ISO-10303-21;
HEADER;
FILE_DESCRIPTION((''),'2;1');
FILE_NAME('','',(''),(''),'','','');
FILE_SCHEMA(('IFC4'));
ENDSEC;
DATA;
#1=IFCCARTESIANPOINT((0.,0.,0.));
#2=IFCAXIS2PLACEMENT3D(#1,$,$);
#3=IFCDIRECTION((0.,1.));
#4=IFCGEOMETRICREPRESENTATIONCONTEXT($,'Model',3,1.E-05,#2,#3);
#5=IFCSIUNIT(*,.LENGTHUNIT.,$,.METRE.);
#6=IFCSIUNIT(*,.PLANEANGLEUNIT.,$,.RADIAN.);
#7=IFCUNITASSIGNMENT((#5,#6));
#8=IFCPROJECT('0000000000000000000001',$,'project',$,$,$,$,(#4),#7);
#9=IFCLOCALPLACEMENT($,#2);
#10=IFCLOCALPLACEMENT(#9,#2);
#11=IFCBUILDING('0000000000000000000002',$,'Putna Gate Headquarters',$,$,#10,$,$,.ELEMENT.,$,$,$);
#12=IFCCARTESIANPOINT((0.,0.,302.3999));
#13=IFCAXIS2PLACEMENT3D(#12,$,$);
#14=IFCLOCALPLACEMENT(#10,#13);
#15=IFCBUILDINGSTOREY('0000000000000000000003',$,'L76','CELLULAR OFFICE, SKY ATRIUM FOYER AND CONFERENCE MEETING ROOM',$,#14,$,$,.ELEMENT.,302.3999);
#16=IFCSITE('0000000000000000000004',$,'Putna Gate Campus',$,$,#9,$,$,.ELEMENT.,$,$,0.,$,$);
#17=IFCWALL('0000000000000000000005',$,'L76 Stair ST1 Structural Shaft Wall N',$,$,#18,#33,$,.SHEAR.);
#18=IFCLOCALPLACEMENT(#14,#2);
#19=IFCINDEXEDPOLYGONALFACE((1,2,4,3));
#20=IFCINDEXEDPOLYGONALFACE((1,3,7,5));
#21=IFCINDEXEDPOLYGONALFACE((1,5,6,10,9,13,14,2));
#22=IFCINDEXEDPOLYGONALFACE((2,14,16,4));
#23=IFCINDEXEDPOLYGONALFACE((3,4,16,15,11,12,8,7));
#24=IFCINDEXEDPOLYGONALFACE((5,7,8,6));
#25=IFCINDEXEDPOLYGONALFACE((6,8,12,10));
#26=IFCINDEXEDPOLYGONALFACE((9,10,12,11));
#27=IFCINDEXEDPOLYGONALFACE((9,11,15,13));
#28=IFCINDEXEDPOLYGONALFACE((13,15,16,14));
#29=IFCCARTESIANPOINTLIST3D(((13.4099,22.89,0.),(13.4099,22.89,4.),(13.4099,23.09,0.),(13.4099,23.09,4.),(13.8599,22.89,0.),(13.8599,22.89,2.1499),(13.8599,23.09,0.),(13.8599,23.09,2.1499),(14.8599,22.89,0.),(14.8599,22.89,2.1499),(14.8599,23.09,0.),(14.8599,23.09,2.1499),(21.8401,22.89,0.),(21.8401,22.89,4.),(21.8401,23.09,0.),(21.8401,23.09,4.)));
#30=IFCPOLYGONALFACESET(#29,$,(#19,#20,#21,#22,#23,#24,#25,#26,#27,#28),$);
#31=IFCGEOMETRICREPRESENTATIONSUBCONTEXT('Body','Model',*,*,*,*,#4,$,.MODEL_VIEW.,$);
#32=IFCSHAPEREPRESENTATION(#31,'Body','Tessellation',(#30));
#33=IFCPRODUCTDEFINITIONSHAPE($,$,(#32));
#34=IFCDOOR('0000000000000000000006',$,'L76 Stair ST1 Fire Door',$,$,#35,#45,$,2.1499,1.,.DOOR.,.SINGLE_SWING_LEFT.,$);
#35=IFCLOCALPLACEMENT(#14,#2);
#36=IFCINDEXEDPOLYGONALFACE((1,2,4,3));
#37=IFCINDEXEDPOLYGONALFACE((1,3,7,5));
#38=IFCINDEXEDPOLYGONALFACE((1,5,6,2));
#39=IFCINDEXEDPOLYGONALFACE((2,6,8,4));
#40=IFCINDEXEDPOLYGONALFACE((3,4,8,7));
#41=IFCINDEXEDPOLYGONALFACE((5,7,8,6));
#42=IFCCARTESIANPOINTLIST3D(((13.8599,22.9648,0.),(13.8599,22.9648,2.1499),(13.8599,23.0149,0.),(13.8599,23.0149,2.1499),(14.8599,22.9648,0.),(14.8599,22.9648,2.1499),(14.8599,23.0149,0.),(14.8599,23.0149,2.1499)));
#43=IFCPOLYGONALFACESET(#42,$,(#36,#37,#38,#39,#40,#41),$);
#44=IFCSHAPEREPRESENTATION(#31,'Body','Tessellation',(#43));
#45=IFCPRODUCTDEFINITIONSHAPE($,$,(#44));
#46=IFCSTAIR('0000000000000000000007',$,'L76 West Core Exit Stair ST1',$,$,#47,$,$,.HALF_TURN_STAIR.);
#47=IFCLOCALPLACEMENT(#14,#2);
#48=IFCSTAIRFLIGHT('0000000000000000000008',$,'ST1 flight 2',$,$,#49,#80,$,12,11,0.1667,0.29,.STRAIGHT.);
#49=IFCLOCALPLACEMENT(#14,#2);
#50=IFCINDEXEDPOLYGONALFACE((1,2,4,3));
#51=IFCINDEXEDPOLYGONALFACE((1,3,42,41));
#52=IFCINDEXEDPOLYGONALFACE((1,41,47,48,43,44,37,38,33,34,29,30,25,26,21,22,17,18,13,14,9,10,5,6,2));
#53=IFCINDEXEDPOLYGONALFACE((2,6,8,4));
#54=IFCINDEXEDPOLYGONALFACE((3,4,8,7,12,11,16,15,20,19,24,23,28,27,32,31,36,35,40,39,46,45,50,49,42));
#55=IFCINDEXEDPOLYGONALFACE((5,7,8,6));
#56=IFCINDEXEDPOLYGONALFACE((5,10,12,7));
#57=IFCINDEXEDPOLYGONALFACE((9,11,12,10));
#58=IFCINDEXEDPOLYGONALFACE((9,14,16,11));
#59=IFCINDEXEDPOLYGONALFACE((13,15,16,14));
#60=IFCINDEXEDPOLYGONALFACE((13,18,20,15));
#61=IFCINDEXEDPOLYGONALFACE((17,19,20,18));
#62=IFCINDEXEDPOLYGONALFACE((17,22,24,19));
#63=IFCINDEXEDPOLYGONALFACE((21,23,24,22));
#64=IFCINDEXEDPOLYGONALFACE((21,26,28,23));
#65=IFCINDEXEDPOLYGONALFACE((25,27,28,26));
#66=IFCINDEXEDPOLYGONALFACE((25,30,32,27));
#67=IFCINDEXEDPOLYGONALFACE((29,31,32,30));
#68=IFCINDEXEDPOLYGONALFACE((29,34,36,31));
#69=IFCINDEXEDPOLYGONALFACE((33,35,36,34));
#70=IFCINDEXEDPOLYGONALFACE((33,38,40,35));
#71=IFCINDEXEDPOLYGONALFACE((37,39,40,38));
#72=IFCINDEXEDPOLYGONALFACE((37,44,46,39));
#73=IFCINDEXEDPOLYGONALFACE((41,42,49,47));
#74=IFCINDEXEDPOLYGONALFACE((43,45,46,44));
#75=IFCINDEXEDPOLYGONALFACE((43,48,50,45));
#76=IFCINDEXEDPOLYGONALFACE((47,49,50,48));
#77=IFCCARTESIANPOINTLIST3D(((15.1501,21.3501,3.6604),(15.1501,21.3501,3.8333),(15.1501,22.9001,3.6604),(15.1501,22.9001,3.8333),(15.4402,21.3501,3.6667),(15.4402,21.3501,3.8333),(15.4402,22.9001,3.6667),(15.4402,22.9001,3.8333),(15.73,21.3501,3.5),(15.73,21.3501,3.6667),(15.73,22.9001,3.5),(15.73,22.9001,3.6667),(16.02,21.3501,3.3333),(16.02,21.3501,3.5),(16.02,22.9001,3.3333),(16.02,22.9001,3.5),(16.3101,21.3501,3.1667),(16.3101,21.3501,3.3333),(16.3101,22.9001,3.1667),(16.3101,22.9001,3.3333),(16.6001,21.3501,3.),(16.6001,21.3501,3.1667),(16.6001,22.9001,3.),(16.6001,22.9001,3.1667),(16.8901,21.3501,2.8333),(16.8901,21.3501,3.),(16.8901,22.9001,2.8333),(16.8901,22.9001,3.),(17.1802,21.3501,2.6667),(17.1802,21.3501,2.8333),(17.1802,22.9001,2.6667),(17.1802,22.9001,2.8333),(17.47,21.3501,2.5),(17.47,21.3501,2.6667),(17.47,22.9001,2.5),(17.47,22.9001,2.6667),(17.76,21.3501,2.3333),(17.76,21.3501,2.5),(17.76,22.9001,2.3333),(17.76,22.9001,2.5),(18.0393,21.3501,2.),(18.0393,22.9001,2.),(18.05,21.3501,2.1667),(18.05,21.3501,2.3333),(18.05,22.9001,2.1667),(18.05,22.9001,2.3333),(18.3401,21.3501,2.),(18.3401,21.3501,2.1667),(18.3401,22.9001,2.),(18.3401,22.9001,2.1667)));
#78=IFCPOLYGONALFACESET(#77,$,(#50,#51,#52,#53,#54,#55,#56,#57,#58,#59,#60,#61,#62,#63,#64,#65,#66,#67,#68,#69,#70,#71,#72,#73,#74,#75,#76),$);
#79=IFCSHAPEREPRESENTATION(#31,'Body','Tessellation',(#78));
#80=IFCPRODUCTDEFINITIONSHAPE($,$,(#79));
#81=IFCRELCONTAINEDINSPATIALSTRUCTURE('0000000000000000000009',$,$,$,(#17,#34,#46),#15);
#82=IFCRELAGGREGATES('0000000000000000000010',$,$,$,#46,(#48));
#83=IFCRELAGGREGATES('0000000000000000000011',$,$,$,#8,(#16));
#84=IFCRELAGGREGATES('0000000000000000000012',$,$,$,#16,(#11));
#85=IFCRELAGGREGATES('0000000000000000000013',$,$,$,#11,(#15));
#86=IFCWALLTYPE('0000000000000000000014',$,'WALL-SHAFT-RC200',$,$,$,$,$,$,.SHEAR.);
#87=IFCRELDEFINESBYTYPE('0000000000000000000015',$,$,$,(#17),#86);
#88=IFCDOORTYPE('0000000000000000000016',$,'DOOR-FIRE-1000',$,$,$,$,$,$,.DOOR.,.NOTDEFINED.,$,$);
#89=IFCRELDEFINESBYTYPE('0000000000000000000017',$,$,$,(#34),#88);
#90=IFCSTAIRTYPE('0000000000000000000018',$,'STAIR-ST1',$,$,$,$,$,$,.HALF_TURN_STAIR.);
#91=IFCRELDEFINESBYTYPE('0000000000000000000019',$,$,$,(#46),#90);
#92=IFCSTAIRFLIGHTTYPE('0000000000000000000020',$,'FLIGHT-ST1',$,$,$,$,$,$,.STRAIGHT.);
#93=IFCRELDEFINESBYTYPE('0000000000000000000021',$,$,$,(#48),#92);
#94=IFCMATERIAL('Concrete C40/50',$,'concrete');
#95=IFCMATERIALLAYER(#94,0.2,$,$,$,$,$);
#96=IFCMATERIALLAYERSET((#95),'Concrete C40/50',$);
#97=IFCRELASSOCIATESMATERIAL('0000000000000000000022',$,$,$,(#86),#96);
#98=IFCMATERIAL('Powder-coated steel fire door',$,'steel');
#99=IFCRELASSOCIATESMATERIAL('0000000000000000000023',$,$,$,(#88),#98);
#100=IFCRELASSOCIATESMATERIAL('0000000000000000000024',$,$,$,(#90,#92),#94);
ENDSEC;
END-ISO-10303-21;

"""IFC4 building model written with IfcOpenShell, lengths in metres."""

from ifc_helpers import new_model, si_unit, direction, frame, frame_2d, origin, place, context, subcontext, project, spatial, polyline, rectangle, outline, extrude, material, layer, layer_set, type_object, element, fill, aggregate, save


model = new_model("IFC4")

# Units and contexts
model_context = context("Model", 3, precision=1e-05, world=origin(), true_north=direction((0.0, 1.0)))
body_context = subcontext(model_context, "Body", "Model", "MODEL_VIEW")
ifc_project = project(units=[si_unit("LENGTHUNIT", "METRE"), si_unit("PLANEANGLEUNIT", "RADIAN")], contexts=[model_context])

# Site, building, storey
site_placement = place(None, origin())
site = spatial("IfcSite", under=ifc_project, at=site_placement, Name="Putna Gate Campus", CompositionType="ELEMENT", RefElevation=0.0)
building_placement = place(site_placement, origin())
building = spatial("IfcBuilding", under=site, at=building_placement, Name="Putna Gate Headquarters", CompositionType="ELEMENT")
storey_placement = place(building_placement, frame((0.0, 0.0, 302.3999)))
storey = spatial("IfcBuildingStorey", under=building, at=storey_placement, Name="L76", Description="CELLULAR OFFICE, SKY ATRIUM FOYER AND CONFERENCE MEETING ROOM", CompositionType="ELEMENT", Elevation=302.3999)

# Shared definitions
ifc_material_1 = material(Name="Concrete C40/50", Category="concrete")

# Wall, opening, door
ifc_layer_1 = layer(ifc_material_1, 0.2)
ifc_layer_set_1 = layer_set([ifc_layer_1], Name="Concrete C40/50")
wall_type_1 = type_object("IfcWallType", Name="WALL-SHAFT-RC200", PredefinedType="SHEAR", material=ifc_layer_set_1)
wall_1_placement = place(storey_placement, frame((13.4099, 22.99, 0.0), z_axis=(0.0, 0.0, 1.0), x_axis=(1.0, 0.0, 0.0)))
wall_1 = element("IfcWall", 1, at=wall_1_placement, inside=storey, type_object=wall_type_1, Name="L76 Stair ST1 Structural Shaft Wall N", PredefinedType="SHEAR", context=body_context, shape_type="SweptSolid", body=[
    extrude(rectangle(XDim=8.4302, YDim=0.2, at=frame_2d((4.2151, 0.0))), origin(), (0.0, 0.0, 1.0), 4.0),
])
opening_1_placement = place(wall_1_placement, frame((0.45, 0.0, 0.0)))
opening_1 = element("IfcOpeningElement", 2, at=opening_1_placement, cuts=wall_1, PredefinedType="OPENING", context=body_context, shape_type="SweptSolid", body=[
    extrude(rectangle(XDim=1.0, YDim=2.1499, at=frame_2d((0.5, 1.075))), frame((0.0, 0.1099, 0.0), z_axis=(0.0, -1.0, 0.0), x_axis=(1.0, 0.0, 0.0)), (0.0, 0.0, 1.0), 0.22),
])
ifc_material_2 = material(Name="Powder-coated steel fire door", Category="steel")
door_type_1 = type_object("IfcDoorType", Name="DOOR-FIRE-1000", OperationType="NOTDEFINED", PredefinedType="DOOR", material=ifc_material_2)
door_1_placement = place(opening_1_placement, origin())
door_1 = element("IfcDoor", 3, at=door_1_placement, inside=storey, type_object=door_type_1, Name="L76 Stair ST1 Fire Door", OperationType="SINGLE_SWING_LEFT", OverallHeight=2.1499, OverallWidth=1.0, PredefinedType="DOOR", context=body_context, shape_type="SweptSolid", body=[
    extrude(rectangle(XDim=1.0, YDim=2.1499, at=frame_2d((0.5, 1.075))), frame((0.0, 0.0249, 0.0), z_axis=(0.0, -1.0, 0.0), x_axis=(1.0, 0.0, 0.0)), (0.0, 0.0, 1.0), 0.05),
])
fill(opening_1, door_1)

# Stair, stair flight
stair_type = type_object("IfcStairType", Name="STAIR-ST1", PredefinedType="HALF_TURN_STAIR", material=ifc_material_1)
stair_placement = place(storey_placement, origin())
stair = element("IfcStair", 4, at=stair_placement, inside=storey, type_object=stair_type, Name="L76 West Core Exit Stair ST1", PredefinedType="HALF_TURN_STAIR")
stair_flight_type = type_object("IfcStairFlightType", Name="FLIGHT-ST1", PredefinedType="STRAIGHT", material=ifc_material_1)
stair_flight_placement = place(storey_placement, frame((18.3401, 22.125, 2.0), z_axis=(0.0, 0.0, 1.0), x_axis=(-1.0, 0.0, 0.0)))
stair_flight = element("IfcStairFlight", 5, at=stair_flight_placement, type_object=stair_flight_type, Name="ST1 flight 2", NumberOfRisers=12, NumberOfTreads=11, PredefinedType="STRAIGHT", RiserHeight=0.1667, TreadLength=0.29, context=body_context, shape_type="SweptSolid", body=[
    extrude(outline(polyline([(0.0, 0.0), (0.0, 0.1667), (0.29, 0.1667), (0.29, 0.3333), (0.5801, 0.3333), (0.5801, 0.5), (0.8701, 0.5), (0.8701, 0.6667), (1.1599, 0.6667), (1.1599, 0.8333), (1.45, 0.8333), (1.45, 1.0), (1.74, 1.0), (1.74, 1.1667), (2.03, 1.1667), (2.03, 1.3333), (2.3201, 1.3333), (2.3201, 1.5), (2.6101, 1.5), (2.6101, 1.6667), (2.8999, 1.6667), (2.8999, 1.8333), (3.1899, 1.8333), (3.1899, 2.0), (3.1899, 1.6604), (0.3008, 0.0), (0.0, 0.0)])), frame((0.0, 0.7749, 0.0), z_axis=(0.0, -1.0, 0.0), x_axis=(1.0, 0.0, 0.0)), (0.0, 0.0, 1.0), 1.55),
])
aggregate(stair, [stair_flight])

save(model, "model.ifc")
